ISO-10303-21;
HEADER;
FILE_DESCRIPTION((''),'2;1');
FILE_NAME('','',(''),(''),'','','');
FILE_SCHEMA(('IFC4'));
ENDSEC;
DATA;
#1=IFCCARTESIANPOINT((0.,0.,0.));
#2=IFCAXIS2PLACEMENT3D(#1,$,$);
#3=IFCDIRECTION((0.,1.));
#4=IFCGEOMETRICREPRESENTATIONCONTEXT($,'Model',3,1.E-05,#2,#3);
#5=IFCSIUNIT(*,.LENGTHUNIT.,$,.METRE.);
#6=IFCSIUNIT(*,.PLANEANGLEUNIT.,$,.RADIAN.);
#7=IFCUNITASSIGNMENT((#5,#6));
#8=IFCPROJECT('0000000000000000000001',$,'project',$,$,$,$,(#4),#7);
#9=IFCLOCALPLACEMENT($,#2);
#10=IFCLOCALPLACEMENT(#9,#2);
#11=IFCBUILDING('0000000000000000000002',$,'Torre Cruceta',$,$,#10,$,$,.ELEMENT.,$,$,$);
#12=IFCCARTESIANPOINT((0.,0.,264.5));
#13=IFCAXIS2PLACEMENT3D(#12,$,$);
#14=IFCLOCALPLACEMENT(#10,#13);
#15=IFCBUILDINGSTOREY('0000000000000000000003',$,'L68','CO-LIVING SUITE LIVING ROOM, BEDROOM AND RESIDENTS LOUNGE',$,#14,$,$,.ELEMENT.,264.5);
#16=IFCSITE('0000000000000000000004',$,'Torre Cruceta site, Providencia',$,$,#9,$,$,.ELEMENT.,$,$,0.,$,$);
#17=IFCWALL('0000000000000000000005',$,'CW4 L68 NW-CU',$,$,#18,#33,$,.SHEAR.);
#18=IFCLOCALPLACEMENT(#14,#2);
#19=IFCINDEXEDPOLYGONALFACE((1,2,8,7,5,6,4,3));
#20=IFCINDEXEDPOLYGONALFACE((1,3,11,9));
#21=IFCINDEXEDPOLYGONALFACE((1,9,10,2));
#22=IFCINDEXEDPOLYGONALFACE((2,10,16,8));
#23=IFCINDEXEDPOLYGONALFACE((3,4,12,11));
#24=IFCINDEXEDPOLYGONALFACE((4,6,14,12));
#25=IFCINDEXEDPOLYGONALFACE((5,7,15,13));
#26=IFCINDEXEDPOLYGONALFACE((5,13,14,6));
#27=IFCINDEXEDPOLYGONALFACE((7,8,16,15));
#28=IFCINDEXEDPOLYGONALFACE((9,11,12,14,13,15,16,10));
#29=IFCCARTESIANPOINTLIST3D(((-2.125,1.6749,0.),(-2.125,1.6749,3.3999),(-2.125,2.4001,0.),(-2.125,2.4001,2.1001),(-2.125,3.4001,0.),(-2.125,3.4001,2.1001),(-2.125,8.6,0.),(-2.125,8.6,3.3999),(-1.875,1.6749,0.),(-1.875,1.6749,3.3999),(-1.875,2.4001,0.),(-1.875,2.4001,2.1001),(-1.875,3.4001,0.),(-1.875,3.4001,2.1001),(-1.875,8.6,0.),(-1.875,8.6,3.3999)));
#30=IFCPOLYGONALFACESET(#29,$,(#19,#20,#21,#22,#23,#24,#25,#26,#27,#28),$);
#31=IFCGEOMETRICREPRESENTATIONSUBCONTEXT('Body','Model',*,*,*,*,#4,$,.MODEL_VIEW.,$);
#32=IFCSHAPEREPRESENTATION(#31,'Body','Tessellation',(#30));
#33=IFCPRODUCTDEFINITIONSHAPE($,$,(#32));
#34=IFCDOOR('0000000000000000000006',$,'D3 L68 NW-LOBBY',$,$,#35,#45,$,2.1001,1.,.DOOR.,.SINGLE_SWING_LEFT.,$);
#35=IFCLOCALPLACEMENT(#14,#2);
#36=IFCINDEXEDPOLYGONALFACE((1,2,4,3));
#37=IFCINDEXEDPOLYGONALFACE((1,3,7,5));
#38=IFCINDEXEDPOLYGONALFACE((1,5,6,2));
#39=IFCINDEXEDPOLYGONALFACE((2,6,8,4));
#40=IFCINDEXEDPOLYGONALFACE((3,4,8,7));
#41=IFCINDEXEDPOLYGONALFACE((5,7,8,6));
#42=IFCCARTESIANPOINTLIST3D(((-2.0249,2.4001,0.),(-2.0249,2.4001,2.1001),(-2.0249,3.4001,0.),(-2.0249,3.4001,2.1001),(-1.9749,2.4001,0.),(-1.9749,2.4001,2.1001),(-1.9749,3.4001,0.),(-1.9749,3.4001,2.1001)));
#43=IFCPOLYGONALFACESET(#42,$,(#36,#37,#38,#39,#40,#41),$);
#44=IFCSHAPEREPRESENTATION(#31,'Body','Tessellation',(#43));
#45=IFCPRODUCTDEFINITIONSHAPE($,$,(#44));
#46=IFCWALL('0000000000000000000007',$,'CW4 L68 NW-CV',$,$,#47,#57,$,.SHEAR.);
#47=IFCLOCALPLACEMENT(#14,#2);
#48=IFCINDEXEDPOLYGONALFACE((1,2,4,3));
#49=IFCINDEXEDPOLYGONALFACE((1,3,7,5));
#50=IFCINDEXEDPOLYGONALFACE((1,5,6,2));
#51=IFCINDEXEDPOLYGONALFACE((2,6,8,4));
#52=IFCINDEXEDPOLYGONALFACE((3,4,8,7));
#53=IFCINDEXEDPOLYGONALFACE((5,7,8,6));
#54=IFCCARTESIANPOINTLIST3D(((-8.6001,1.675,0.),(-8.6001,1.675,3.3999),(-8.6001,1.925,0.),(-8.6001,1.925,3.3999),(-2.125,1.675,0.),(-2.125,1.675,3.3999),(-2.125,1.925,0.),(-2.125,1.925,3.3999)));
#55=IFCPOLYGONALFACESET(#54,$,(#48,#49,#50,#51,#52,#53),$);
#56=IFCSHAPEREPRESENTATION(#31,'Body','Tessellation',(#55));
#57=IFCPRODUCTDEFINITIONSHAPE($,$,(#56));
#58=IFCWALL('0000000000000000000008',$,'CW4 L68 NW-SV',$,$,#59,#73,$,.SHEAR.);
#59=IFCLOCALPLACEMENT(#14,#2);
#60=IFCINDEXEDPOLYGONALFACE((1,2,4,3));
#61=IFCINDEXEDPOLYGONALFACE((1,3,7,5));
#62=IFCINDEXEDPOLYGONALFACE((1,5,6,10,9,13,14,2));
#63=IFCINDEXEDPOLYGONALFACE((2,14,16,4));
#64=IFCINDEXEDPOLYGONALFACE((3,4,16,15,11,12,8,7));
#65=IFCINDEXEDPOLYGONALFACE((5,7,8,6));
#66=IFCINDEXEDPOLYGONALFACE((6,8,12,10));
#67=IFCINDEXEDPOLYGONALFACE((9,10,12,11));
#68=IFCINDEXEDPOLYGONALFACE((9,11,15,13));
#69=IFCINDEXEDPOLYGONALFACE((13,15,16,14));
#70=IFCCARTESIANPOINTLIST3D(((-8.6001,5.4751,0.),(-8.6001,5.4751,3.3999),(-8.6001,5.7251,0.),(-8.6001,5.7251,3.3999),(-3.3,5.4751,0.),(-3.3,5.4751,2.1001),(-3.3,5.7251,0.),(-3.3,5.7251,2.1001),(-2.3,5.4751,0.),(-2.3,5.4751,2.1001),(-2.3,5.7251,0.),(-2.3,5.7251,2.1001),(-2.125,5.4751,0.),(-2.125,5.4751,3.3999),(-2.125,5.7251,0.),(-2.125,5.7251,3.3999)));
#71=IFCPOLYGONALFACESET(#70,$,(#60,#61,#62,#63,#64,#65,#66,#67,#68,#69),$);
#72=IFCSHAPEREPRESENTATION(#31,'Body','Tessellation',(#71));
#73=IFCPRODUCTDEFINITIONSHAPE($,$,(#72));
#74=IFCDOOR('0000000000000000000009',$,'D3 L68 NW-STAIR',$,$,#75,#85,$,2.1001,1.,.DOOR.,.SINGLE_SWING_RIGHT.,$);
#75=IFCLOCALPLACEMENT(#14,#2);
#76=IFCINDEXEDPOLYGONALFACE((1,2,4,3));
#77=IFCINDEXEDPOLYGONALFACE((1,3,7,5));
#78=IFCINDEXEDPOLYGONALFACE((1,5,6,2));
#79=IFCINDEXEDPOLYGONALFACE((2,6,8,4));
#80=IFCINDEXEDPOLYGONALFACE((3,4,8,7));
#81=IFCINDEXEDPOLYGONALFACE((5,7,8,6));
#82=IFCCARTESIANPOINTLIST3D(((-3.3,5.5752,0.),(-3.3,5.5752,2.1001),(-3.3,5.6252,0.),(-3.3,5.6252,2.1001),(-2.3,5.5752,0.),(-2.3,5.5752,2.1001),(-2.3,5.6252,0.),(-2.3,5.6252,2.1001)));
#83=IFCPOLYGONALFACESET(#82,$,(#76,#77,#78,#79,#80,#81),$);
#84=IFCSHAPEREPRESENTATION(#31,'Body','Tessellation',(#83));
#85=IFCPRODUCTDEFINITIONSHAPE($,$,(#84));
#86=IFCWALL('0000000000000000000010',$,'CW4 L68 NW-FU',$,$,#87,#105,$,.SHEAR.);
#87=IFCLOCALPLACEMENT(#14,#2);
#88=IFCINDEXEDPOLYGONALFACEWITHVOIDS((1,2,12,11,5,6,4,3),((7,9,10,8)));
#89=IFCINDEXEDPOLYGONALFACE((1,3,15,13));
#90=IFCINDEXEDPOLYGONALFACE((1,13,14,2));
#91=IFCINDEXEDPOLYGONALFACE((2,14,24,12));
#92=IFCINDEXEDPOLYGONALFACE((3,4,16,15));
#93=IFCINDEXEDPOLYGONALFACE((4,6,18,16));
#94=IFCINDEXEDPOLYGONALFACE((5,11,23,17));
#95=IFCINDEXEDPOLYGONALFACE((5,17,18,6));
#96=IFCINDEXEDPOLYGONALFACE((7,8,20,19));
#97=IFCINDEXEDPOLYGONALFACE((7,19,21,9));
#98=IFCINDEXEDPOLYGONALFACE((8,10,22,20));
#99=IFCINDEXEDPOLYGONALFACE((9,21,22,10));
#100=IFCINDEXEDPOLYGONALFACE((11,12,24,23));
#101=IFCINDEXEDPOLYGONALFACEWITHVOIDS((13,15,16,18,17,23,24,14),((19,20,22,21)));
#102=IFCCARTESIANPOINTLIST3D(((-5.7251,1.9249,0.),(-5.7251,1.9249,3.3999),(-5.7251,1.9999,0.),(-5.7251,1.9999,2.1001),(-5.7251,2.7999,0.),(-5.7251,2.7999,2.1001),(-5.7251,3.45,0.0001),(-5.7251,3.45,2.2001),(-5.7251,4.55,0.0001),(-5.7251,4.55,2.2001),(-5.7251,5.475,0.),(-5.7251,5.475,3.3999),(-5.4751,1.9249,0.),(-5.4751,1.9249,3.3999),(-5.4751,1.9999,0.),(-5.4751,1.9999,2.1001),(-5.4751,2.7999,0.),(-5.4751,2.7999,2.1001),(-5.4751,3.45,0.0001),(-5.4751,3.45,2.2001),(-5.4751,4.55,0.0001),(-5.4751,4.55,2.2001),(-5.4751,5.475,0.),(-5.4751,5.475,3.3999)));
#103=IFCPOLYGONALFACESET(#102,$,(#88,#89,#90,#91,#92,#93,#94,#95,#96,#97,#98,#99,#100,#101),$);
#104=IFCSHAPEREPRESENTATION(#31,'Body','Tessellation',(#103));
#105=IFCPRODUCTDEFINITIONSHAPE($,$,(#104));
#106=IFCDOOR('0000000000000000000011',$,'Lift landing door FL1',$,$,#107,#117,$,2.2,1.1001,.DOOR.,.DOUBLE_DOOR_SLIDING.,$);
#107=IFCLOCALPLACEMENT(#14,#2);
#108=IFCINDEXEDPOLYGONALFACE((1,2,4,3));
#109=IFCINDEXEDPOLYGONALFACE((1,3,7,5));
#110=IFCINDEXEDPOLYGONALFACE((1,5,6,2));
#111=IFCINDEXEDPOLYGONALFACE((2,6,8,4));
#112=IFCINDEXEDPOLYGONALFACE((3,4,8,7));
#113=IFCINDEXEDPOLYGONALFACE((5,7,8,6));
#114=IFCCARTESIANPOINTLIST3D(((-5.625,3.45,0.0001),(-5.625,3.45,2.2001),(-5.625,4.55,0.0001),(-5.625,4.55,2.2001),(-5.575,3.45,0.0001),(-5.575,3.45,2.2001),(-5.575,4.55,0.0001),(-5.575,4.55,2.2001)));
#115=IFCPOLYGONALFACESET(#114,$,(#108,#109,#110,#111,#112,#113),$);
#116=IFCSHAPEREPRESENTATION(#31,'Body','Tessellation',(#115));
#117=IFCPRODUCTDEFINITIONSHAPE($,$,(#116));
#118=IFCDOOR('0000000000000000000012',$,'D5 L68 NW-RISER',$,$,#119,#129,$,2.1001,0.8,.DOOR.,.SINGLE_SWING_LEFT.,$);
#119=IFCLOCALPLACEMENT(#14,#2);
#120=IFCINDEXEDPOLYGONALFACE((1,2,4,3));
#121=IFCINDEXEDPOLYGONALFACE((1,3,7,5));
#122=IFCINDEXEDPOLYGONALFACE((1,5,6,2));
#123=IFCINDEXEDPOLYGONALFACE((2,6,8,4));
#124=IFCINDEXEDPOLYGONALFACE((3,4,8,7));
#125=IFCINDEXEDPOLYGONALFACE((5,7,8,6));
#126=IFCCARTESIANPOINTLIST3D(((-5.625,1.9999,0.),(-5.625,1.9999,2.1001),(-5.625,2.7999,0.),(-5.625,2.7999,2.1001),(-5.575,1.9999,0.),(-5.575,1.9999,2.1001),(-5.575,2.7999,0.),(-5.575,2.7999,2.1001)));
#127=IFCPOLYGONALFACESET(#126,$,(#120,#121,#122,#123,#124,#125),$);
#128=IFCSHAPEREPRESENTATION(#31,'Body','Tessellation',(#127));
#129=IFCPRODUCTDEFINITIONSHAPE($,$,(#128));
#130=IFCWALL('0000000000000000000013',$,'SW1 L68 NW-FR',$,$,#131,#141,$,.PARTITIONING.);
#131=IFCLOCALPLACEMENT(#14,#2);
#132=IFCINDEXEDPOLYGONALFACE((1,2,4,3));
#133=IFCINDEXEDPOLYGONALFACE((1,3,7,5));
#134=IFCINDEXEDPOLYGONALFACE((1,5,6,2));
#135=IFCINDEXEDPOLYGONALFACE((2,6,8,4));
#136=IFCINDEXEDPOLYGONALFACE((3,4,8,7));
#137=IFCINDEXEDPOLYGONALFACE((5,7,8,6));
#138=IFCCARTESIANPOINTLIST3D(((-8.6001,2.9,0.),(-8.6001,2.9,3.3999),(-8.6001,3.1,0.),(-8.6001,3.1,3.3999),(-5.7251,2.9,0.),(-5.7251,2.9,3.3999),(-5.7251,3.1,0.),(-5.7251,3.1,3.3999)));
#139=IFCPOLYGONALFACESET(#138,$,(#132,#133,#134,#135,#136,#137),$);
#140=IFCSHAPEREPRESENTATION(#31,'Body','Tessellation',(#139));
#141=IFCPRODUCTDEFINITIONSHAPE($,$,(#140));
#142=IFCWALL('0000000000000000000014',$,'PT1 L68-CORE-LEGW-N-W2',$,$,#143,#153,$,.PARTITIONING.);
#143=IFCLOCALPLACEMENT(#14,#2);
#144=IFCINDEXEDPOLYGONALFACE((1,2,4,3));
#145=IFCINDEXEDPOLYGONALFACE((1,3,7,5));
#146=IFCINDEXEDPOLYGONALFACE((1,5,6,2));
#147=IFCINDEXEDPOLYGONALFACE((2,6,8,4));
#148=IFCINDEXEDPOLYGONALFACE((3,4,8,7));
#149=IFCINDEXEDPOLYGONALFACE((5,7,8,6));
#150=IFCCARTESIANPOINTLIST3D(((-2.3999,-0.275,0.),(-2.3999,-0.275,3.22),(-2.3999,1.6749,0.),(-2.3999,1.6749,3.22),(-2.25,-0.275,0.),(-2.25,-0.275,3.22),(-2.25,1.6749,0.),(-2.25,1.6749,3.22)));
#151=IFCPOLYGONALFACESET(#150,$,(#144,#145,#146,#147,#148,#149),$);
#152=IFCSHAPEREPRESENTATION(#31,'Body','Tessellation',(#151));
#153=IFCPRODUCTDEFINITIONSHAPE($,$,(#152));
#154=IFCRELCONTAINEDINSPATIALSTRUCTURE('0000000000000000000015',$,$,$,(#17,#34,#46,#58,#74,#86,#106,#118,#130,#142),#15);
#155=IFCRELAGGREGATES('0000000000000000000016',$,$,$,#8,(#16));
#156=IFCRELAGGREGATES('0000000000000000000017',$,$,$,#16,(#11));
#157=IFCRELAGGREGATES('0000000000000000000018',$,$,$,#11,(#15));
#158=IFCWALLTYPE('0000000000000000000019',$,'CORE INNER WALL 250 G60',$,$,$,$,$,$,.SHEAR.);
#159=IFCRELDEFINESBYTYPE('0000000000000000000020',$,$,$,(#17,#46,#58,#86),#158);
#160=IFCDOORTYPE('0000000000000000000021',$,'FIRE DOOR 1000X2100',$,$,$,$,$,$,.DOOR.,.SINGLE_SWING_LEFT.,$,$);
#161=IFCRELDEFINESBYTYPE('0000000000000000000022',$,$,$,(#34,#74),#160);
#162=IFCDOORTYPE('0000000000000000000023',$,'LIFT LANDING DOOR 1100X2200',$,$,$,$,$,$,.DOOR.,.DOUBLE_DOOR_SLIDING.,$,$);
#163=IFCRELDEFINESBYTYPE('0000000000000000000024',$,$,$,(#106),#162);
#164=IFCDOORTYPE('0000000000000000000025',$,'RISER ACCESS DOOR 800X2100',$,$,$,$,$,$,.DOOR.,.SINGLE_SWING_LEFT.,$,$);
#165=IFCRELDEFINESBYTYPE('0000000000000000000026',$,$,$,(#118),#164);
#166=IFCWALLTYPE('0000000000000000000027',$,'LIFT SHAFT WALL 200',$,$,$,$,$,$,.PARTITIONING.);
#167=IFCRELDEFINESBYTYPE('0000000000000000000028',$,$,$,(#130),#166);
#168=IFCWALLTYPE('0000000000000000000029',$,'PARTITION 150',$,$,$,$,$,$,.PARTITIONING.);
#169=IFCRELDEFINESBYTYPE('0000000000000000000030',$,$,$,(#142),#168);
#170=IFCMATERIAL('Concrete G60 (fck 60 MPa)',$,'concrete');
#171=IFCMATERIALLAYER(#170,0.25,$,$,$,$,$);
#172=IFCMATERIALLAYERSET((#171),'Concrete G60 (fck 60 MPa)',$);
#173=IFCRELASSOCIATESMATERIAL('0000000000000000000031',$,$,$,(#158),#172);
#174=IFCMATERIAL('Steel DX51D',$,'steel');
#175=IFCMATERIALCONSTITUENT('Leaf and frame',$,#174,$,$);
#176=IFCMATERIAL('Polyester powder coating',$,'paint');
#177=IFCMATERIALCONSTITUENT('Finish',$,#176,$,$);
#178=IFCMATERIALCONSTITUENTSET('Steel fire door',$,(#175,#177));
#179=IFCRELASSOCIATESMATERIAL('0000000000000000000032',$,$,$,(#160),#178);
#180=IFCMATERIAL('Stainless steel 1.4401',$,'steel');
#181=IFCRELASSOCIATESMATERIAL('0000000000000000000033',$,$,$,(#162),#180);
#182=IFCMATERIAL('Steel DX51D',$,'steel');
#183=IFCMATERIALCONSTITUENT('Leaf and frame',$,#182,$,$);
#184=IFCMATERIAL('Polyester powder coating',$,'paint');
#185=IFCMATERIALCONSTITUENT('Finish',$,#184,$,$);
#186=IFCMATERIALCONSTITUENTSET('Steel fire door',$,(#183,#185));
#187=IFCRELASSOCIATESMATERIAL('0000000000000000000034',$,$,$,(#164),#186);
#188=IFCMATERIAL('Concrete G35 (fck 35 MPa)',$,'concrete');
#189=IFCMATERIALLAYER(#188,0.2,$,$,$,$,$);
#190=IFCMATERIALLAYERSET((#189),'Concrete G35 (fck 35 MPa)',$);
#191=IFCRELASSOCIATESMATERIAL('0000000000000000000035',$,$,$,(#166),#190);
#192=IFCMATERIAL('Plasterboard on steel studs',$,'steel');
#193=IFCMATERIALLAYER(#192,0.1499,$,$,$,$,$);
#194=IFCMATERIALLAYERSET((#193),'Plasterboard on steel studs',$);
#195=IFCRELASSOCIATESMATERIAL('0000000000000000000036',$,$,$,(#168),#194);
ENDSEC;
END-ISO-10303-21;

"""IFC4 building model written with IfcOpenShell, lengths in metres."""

from ifc_helpers import new_model, si_unit, direction, frame, frame_2d, origin, place, context, subcontext, project, spatial, rectangle, extrude, material, layer, layer_set, constituent, constituent_set, type_object, element, fill, save


model = new_model("IFC4")

# Units and contexts
model_context = context("Model", 3, precision=1e-05, world=origin(), true_north=direction((0.0, 1.0)))
body_context = subcontext(model_context, "Body", "Model", "MODEL_VIEW")
ifc_project = project(units=[si_unit("LENGTHUNIT", "METRE"), si_unit("PLANEANGLEUNIT", "RADIAN")], contexts=[model_context])

# Site, building, storey
site_placement = place(None, origin())
site = spatial("IfcSite", under=ifc_project, at=site_placement, Name="Torre Cruceta site, Providencia", CompositionType="ELEMENT", RefElevation=0.0)
building_placement = place(site_placement, origin())
building = spatial("IfcBuilding", under=site, at=building_placement, Name="Torre Cruceta", CompositionType="ELEMENT")
storey_placement = place(building_placement, frame((0.0, 0.0, 264.5)))
storey = spatial("IfcBuildingStorey", under=building, at=storey_placement, Name="L68", Description="CO-LIVING SUITE LIVING ROOM, BEDROOM AND RESIDENTS LOUNGE", CompositionType="ELEMENT", Elevation=264.5)

# Wall, opening, door
ifc_material_1 = material(Name="Concrete G60 (fck 60 MPa)", Category="concrete")
ifc_layer_1 = layer(ifc_material_1, 0.25)
ifc_layer_set_1 = layer_set([ifc_layer_1], Name="Concrete G60 (fck 60 MPa)")
wall_type_1 = type_object("IfcWallType", Name="CORE INNER WALL 250 G60", PredefinedType="SHEAR", material=ifc_layer_set_1)
wall_1_placement = place(storey_placement, frame((-2.0, 1.675, 0.0), z_axis=(0.0, 0.0, 1.0), x_axis=(0.0, 1.0, 0.0)))
wall_1 = element("IfcWall", 1, at=wall_1_placement, inside=storey, type_object=wall_type_1, Name="CW4 L68 NW-CU", PredefinedType="SHEAR", context=body_context, shape_type="SweptSolid", body=[
    extrude(rectangle(XDim=6.925, YDim=0.25, at=frame_2d((3.4624, 0.0))), origin(), (0.0, 0.0, 1.0), 3.3999),
])
opening_1_placement = place(wall_1_placement, frame((0.7251, 0.0, 0.0)))
opening_1 = element("IfcOpeningElement", 2, at=opening_1_placement, cuts=wall_1, PredefinedType="OPENING", context=body_context, shape_type="SweptSolid", body=[
    extrude(rectangle(XDim=1.0, YDim=2.1001, at=frame_2d((0.5, 1.05))), frame((0.0, 0.135, 0.0), z_axis=(0.0, -1.0, 0.0), x_axis=(1.0, 0.0, 0.0)), (0.0, 0.0, 1.0), 0.27),
])
ifc_material_2 = material(Name="Steel DX51D", Category="steel")
ifc_constituent_1 = constituent(ifc_material_2, Name="Leaf and frame")
ifc_material_3 = material(Name="Polyester powder coating", Category="paint")
ifc_constituent_2 = constituent(ifc_material_3, Name="Finish")
ifc_constituent_set_1 = constituent_set(constituents=[ifc_constituent_1, ifc_constituent_2], Name="Steel fire door")
door_type_1 = type_object("IfcDoorType", Name="FIRE DOOR 1000X2100", OperationType="SINGLE_SWING_LEFT", PredefinedType="DOOR", material=ifc_constituent_set_1)
door_1_placement = place(opening_1_placement, origin())
door_1 = element("IfcDoor", 3, at=door_1_placement, inside=storey, type_object=door_type_1, Name="D3 L68 NW-LOBBY", OperationType="SINGLE_SWING_LEFT", OverallHeight=2.1001, OverallWidth=1.0, PredefinedType="DOOR", context=body_context, shape_type="SweptSolid", body=[
    extrude(rectangle(XDim=1.0, YDim=2.1001, at=frame_2d((0.5, 1.05))), frame((0.0, 0.0249, 0.0), z_axis=(0.0, -1.0, 0.0), x_axis=(1.0, 0.0, 0.0)), (0.0, 0.0, 1.0), 0.05),
])
fill(opening_1, door_1)

# Wall
wall_2_placement = place(storey_placement, frame((-2.125, 1.8, 0.0), z_axis=(0.0, 0.0, 1.0), x_axis=(-1.0, 0.0, 0.0)))
element("IfcWall", 4, at=wall_2_placement, inside=storey, type_object=wall_type_1, Name="CW4 L68 NW-CV", PredefinedType="SHEAR", context=body_context, shape_type="SweptSolid", body=[
    extrude(rectangle(XDim=6.4751, YDim=0.25, at=frame_2d((3.2375, 0.0))), origin(), (0.0, 0.0, 1.0), 3.3999),
])

# Wall, opening, door
wall_3_placement = place(storey_placement, frame((-2.125, 5.6001, 0.0), z_axis=(0.0, 0.0, 1.0), x_axis=(-1.0, 0.0, 0.0)))
wall_3 = element("IfcWall", 5, at=wall_3_placement, inside=storey, type_object=wall_type_1, Name="CW4 L68 NW-SV", PredefinedType="SHEAR", context=body_context, shape_type="SweptSolid", body=[
    extrude(rectangle(XDim=6.4751, YDim=0.25, at=frame_2d((3.2375, 0.0))), origin(), (0.0, 0.0, 1.0), 3.3999),
])
opening_2_placement = place(wall_3_placement, frame((0.175, 0.0, 0.0)))
opening_2 = element("IfcOpeningElement", 6, at=opening_2_placement, cuts=wall_3, PredefinedType="OPENING", context=body_context, shape_type="SweptSolid", body=[
    extrude(rectangle(XDim=1.0, YDim=2.1001, at=frame_2d((0.5, 1.05))), frame((0.0, 0.135, 0.0), z_axis=(0.0, -1.0, 0.0), x_axis=(1.0, 0.0, 0.0)), (0.0, 0.0, 1.0), 0.27),
])
door_2_placement = place(opening_2_placement, frame((1.0, 0.0, 0.0), z_axis=(0.0, 0.0, 1.0), x_axis=(-1.0, 0.0, 0.0)))
door_2 = element("IfcDoor", 7, at=door_2_placement, inside=storey, type_object=door_type_1, Name="D3 L68 NW-STAIR", OperationType="SINGLE_SWING_RIGHT", OverallHeight=2.1001, OverallWidth=1.0, PredefinedType="DOOR", context=body_context, shape_type="SweptSolid", body=[
    extrude(rectangle(XDim=1.0, YDim=2.1001, at=frame_2d((0.5, 1.05))), frame((0.0, 0.0251, 0.0), z_axis=(0.0, -1.0, 0.0), x_axis=(1.0, 0.0, 0.0)), (0.0, 0.0, 1.0), 0.05),
])
fill(opening_2, door_2)

# Wall, openings, doors
wall_4_placement = place(storey_placement, frame((-5.6001, 1.925, 0.0), z_axis=(0.0, 0.0, 1.0), x_axis=(0.0, 1.0, 0.0)))
wall_4 = element("IfcWall", 8, at=wall_4_placement, inside=storey, type_object=wall_type_1, Name="CW4 L68 NW-FU", PredefinedType="SHEAR", context=body_context, shape_type="SweptSolid", body=[
    extrude(rectangle(XDim=3.55, YDim=0.25, at=frame_2d((1.7749, 0.0))), origin(), (0.0, 0.0, 1.0), 3.3999),
])
opening_3_placement = place(wall_4_placement, frame((1.5249, 0.0, 0.0)))
opening_3 = element("IfcOpeningElement", 9, at=opening_3_placement, cuts=wall_4, PredefinedType="OPENING", context=body_context, shape_type="SweptSolid", body=[
    extrude(rectangle(XDim=1.1001, YDim=2.2, at=frame_2d((0.55, 1.1001))), frame((0.0, 0.135, 0.0), z_axis=(0.0, -1.0, 0.0), x_axis=(1.0, 0.0, 0.0)), (0.0, 0.0, 1.0), 0.27),
])
opening_4_placement = place(wall_4_placement, frame((0.075, 0.0, 0.0)))
opening_4 = element("IfcOpeningElement", 10, at=opening_4_placement, cuts=wall_4, PredefinedType="OPENING", context=body_context, shape_type="SweptSolid", body=[
    extrude(rectangle(XDim=0.8, YDim=2.1001, at=frame_2d((0.3999, 1.05))), frame((0.0, 0.135, 0.0), z_axis=(0.0, -1.0, 0.0), x_axis=(1.0, 0.0, 0.0)), (0.0, 0.0, 1.0), 0.27),
])
ifc_material_4 = material(Name="Stainless steel 1.4401", Category="steel")
door_type_2 = type_object("IfcDoorType", Name="LIFT LANDING DOOR 1100X2200", OperationType="DOUBLE_DOOR_SLIDING", PredefinedType="DOOR", material=ifc_material_4)
door_3_placement = place(opening_3_placement, origin())
door_3 = element("IfcDoor", 11, at=door_3_placement, inside=storey, type_object=door_type_2, Name="Lift landing door FL1", OperationType="DOUBLE_DOOR_SLIDING", OverallHeight=2.2, OverallWidth=1.1001, PredefinedType="DOOR", context=body_context, shape_type="SweptSolid", body=[
    extrude(rectangle(XDim=1.1001, YDim=2.2, at=frame_2d((0.55, 1.1001))), frame((0.0, 0.0249, 0.0), z_axis=(0.0, -1.0, 0.0), x_axis=(1.0, 0.0, 0.0)), (0.0, 0.0, 1.0), 0.05),
])
fill(opening_3, door_3)
ifc_material_5 = material(Name="Steel DX51D", Category="steel")
ifc_constituent_3 = constituent(ifc_material_5, Name="Leaf and frame")
ifc_material_6 = material(Name="Polyester powder coating", Category="paint")
ifc_constituent_4 = constituent(ifc_material_6, Name="Finish")
ifc_constituent_set_2 = constituent_set(constituents=[ifc_constituent_3, ifc_constituent_4], Name="Steel fire door")
door_type_3 = type_object("IfcDoorType", Name="RISER ACCESS DOOR 800X2100", OperationType="SINGLE_SWING_LEFT", PredefinedType="DOOR", material=ifc_constituent_set_2)
door_4_placement = place(opening_4_placement, origin())
door_4 = element("IfcDoor", 12, at=door_4_placement, inside=storey, type_object=door_type_3, Name="D5 L68 NW-RISER", OperationType="SINGLE_SWING_LEFT", OverallHeight=2.1001, OverallWidth=0.8, PredefinedType="DOOR", context=body_context, shape_type="SweptSolid", body=[
    extrude(rectangle(XDim=0.8, YDim=2.1001, at=frame_2d((0.3999, 1.05))), frame((0.0, 0.0249, 0.0), z_axis=(0.0, -1.0, 0.0), x_axis=(1.0, 0.0, 0.0)), (0.0, 0.0, 1.0), 0.05),
])
fill(opening_4, door_4)

# Walls
ifc_material_7 = material(Name="Concrete G35 (fck 35 MPa)", Category="concrete")
ifc_layer_2 = layer(ifc_material_7, 0.2)
ifc_layer_set_2 = layer_set([ifc_layer_2], Name="Concrete G35 (fck 35 MPa)")
wall_type_2 = type_object("IfcWallType", Name="LIFT SHAFT WALL 200", PredefinedType="PARTITIONING", material=ifc_layer_set_2)
wall_5_placement = place(storey_placement, frame((-5.7251, 3.0, 0.0), z_axis=(0.0, 0.0, 1.0), x_axis=(-1.0, 0.0, 0.0)))
element("IfcWall", 13, at=wall_5_placement, inside=storey, type_object=wall_type_2, Name="SW1 L68 NW-FR", PredefinedType="PARTITIONING", context=body_context, shape_type="SweptSolid", body=[
    extrude(rectangle(XDim=2.875, YDim=0.2, at=frame_2d((1.4375, 0.0))), origin(), (0.0, 0.0, 1.0), 3.3999),
])
ifc_material_8 = material(Name="Plasterboard on steel studs", Category="steel")
ifc_layer_3 = layer(ifc_material_8, 0.1499)
ifc_layer_set_3 = layer_set([ifc_layer_3], Name="Plasterboard on steel studs")
wall_type_3 = type_object("IfcWallType", Name="PARTITION 150", PredefinedType="PARTITIONING", material=ifc_layer_set_3)
wall_6_placement = place(storey_placement, frame((-2.325, 1.675, 0.0), z_axis=(0.0, 0.0, 1.0), x_axis=(0.0, -1.0, 0.0)))
element("IfcWall", 14, at=wall_6_placement, inside=storey, type_object=wall_type_3, Name="PT1 L68-CORE-LEGW-N-W2", PredefinedType="PARTITIONING", context=body_context, shape_type="SweptSolid", body=[
    extrude(rectangle(XDim=1.95, YDim=0.1499, at=frame_2d((0.9751, 0.0))), origin(), (0.0, 0.0, 1.0), 3.22),
])

save(model, "model.ifc")
